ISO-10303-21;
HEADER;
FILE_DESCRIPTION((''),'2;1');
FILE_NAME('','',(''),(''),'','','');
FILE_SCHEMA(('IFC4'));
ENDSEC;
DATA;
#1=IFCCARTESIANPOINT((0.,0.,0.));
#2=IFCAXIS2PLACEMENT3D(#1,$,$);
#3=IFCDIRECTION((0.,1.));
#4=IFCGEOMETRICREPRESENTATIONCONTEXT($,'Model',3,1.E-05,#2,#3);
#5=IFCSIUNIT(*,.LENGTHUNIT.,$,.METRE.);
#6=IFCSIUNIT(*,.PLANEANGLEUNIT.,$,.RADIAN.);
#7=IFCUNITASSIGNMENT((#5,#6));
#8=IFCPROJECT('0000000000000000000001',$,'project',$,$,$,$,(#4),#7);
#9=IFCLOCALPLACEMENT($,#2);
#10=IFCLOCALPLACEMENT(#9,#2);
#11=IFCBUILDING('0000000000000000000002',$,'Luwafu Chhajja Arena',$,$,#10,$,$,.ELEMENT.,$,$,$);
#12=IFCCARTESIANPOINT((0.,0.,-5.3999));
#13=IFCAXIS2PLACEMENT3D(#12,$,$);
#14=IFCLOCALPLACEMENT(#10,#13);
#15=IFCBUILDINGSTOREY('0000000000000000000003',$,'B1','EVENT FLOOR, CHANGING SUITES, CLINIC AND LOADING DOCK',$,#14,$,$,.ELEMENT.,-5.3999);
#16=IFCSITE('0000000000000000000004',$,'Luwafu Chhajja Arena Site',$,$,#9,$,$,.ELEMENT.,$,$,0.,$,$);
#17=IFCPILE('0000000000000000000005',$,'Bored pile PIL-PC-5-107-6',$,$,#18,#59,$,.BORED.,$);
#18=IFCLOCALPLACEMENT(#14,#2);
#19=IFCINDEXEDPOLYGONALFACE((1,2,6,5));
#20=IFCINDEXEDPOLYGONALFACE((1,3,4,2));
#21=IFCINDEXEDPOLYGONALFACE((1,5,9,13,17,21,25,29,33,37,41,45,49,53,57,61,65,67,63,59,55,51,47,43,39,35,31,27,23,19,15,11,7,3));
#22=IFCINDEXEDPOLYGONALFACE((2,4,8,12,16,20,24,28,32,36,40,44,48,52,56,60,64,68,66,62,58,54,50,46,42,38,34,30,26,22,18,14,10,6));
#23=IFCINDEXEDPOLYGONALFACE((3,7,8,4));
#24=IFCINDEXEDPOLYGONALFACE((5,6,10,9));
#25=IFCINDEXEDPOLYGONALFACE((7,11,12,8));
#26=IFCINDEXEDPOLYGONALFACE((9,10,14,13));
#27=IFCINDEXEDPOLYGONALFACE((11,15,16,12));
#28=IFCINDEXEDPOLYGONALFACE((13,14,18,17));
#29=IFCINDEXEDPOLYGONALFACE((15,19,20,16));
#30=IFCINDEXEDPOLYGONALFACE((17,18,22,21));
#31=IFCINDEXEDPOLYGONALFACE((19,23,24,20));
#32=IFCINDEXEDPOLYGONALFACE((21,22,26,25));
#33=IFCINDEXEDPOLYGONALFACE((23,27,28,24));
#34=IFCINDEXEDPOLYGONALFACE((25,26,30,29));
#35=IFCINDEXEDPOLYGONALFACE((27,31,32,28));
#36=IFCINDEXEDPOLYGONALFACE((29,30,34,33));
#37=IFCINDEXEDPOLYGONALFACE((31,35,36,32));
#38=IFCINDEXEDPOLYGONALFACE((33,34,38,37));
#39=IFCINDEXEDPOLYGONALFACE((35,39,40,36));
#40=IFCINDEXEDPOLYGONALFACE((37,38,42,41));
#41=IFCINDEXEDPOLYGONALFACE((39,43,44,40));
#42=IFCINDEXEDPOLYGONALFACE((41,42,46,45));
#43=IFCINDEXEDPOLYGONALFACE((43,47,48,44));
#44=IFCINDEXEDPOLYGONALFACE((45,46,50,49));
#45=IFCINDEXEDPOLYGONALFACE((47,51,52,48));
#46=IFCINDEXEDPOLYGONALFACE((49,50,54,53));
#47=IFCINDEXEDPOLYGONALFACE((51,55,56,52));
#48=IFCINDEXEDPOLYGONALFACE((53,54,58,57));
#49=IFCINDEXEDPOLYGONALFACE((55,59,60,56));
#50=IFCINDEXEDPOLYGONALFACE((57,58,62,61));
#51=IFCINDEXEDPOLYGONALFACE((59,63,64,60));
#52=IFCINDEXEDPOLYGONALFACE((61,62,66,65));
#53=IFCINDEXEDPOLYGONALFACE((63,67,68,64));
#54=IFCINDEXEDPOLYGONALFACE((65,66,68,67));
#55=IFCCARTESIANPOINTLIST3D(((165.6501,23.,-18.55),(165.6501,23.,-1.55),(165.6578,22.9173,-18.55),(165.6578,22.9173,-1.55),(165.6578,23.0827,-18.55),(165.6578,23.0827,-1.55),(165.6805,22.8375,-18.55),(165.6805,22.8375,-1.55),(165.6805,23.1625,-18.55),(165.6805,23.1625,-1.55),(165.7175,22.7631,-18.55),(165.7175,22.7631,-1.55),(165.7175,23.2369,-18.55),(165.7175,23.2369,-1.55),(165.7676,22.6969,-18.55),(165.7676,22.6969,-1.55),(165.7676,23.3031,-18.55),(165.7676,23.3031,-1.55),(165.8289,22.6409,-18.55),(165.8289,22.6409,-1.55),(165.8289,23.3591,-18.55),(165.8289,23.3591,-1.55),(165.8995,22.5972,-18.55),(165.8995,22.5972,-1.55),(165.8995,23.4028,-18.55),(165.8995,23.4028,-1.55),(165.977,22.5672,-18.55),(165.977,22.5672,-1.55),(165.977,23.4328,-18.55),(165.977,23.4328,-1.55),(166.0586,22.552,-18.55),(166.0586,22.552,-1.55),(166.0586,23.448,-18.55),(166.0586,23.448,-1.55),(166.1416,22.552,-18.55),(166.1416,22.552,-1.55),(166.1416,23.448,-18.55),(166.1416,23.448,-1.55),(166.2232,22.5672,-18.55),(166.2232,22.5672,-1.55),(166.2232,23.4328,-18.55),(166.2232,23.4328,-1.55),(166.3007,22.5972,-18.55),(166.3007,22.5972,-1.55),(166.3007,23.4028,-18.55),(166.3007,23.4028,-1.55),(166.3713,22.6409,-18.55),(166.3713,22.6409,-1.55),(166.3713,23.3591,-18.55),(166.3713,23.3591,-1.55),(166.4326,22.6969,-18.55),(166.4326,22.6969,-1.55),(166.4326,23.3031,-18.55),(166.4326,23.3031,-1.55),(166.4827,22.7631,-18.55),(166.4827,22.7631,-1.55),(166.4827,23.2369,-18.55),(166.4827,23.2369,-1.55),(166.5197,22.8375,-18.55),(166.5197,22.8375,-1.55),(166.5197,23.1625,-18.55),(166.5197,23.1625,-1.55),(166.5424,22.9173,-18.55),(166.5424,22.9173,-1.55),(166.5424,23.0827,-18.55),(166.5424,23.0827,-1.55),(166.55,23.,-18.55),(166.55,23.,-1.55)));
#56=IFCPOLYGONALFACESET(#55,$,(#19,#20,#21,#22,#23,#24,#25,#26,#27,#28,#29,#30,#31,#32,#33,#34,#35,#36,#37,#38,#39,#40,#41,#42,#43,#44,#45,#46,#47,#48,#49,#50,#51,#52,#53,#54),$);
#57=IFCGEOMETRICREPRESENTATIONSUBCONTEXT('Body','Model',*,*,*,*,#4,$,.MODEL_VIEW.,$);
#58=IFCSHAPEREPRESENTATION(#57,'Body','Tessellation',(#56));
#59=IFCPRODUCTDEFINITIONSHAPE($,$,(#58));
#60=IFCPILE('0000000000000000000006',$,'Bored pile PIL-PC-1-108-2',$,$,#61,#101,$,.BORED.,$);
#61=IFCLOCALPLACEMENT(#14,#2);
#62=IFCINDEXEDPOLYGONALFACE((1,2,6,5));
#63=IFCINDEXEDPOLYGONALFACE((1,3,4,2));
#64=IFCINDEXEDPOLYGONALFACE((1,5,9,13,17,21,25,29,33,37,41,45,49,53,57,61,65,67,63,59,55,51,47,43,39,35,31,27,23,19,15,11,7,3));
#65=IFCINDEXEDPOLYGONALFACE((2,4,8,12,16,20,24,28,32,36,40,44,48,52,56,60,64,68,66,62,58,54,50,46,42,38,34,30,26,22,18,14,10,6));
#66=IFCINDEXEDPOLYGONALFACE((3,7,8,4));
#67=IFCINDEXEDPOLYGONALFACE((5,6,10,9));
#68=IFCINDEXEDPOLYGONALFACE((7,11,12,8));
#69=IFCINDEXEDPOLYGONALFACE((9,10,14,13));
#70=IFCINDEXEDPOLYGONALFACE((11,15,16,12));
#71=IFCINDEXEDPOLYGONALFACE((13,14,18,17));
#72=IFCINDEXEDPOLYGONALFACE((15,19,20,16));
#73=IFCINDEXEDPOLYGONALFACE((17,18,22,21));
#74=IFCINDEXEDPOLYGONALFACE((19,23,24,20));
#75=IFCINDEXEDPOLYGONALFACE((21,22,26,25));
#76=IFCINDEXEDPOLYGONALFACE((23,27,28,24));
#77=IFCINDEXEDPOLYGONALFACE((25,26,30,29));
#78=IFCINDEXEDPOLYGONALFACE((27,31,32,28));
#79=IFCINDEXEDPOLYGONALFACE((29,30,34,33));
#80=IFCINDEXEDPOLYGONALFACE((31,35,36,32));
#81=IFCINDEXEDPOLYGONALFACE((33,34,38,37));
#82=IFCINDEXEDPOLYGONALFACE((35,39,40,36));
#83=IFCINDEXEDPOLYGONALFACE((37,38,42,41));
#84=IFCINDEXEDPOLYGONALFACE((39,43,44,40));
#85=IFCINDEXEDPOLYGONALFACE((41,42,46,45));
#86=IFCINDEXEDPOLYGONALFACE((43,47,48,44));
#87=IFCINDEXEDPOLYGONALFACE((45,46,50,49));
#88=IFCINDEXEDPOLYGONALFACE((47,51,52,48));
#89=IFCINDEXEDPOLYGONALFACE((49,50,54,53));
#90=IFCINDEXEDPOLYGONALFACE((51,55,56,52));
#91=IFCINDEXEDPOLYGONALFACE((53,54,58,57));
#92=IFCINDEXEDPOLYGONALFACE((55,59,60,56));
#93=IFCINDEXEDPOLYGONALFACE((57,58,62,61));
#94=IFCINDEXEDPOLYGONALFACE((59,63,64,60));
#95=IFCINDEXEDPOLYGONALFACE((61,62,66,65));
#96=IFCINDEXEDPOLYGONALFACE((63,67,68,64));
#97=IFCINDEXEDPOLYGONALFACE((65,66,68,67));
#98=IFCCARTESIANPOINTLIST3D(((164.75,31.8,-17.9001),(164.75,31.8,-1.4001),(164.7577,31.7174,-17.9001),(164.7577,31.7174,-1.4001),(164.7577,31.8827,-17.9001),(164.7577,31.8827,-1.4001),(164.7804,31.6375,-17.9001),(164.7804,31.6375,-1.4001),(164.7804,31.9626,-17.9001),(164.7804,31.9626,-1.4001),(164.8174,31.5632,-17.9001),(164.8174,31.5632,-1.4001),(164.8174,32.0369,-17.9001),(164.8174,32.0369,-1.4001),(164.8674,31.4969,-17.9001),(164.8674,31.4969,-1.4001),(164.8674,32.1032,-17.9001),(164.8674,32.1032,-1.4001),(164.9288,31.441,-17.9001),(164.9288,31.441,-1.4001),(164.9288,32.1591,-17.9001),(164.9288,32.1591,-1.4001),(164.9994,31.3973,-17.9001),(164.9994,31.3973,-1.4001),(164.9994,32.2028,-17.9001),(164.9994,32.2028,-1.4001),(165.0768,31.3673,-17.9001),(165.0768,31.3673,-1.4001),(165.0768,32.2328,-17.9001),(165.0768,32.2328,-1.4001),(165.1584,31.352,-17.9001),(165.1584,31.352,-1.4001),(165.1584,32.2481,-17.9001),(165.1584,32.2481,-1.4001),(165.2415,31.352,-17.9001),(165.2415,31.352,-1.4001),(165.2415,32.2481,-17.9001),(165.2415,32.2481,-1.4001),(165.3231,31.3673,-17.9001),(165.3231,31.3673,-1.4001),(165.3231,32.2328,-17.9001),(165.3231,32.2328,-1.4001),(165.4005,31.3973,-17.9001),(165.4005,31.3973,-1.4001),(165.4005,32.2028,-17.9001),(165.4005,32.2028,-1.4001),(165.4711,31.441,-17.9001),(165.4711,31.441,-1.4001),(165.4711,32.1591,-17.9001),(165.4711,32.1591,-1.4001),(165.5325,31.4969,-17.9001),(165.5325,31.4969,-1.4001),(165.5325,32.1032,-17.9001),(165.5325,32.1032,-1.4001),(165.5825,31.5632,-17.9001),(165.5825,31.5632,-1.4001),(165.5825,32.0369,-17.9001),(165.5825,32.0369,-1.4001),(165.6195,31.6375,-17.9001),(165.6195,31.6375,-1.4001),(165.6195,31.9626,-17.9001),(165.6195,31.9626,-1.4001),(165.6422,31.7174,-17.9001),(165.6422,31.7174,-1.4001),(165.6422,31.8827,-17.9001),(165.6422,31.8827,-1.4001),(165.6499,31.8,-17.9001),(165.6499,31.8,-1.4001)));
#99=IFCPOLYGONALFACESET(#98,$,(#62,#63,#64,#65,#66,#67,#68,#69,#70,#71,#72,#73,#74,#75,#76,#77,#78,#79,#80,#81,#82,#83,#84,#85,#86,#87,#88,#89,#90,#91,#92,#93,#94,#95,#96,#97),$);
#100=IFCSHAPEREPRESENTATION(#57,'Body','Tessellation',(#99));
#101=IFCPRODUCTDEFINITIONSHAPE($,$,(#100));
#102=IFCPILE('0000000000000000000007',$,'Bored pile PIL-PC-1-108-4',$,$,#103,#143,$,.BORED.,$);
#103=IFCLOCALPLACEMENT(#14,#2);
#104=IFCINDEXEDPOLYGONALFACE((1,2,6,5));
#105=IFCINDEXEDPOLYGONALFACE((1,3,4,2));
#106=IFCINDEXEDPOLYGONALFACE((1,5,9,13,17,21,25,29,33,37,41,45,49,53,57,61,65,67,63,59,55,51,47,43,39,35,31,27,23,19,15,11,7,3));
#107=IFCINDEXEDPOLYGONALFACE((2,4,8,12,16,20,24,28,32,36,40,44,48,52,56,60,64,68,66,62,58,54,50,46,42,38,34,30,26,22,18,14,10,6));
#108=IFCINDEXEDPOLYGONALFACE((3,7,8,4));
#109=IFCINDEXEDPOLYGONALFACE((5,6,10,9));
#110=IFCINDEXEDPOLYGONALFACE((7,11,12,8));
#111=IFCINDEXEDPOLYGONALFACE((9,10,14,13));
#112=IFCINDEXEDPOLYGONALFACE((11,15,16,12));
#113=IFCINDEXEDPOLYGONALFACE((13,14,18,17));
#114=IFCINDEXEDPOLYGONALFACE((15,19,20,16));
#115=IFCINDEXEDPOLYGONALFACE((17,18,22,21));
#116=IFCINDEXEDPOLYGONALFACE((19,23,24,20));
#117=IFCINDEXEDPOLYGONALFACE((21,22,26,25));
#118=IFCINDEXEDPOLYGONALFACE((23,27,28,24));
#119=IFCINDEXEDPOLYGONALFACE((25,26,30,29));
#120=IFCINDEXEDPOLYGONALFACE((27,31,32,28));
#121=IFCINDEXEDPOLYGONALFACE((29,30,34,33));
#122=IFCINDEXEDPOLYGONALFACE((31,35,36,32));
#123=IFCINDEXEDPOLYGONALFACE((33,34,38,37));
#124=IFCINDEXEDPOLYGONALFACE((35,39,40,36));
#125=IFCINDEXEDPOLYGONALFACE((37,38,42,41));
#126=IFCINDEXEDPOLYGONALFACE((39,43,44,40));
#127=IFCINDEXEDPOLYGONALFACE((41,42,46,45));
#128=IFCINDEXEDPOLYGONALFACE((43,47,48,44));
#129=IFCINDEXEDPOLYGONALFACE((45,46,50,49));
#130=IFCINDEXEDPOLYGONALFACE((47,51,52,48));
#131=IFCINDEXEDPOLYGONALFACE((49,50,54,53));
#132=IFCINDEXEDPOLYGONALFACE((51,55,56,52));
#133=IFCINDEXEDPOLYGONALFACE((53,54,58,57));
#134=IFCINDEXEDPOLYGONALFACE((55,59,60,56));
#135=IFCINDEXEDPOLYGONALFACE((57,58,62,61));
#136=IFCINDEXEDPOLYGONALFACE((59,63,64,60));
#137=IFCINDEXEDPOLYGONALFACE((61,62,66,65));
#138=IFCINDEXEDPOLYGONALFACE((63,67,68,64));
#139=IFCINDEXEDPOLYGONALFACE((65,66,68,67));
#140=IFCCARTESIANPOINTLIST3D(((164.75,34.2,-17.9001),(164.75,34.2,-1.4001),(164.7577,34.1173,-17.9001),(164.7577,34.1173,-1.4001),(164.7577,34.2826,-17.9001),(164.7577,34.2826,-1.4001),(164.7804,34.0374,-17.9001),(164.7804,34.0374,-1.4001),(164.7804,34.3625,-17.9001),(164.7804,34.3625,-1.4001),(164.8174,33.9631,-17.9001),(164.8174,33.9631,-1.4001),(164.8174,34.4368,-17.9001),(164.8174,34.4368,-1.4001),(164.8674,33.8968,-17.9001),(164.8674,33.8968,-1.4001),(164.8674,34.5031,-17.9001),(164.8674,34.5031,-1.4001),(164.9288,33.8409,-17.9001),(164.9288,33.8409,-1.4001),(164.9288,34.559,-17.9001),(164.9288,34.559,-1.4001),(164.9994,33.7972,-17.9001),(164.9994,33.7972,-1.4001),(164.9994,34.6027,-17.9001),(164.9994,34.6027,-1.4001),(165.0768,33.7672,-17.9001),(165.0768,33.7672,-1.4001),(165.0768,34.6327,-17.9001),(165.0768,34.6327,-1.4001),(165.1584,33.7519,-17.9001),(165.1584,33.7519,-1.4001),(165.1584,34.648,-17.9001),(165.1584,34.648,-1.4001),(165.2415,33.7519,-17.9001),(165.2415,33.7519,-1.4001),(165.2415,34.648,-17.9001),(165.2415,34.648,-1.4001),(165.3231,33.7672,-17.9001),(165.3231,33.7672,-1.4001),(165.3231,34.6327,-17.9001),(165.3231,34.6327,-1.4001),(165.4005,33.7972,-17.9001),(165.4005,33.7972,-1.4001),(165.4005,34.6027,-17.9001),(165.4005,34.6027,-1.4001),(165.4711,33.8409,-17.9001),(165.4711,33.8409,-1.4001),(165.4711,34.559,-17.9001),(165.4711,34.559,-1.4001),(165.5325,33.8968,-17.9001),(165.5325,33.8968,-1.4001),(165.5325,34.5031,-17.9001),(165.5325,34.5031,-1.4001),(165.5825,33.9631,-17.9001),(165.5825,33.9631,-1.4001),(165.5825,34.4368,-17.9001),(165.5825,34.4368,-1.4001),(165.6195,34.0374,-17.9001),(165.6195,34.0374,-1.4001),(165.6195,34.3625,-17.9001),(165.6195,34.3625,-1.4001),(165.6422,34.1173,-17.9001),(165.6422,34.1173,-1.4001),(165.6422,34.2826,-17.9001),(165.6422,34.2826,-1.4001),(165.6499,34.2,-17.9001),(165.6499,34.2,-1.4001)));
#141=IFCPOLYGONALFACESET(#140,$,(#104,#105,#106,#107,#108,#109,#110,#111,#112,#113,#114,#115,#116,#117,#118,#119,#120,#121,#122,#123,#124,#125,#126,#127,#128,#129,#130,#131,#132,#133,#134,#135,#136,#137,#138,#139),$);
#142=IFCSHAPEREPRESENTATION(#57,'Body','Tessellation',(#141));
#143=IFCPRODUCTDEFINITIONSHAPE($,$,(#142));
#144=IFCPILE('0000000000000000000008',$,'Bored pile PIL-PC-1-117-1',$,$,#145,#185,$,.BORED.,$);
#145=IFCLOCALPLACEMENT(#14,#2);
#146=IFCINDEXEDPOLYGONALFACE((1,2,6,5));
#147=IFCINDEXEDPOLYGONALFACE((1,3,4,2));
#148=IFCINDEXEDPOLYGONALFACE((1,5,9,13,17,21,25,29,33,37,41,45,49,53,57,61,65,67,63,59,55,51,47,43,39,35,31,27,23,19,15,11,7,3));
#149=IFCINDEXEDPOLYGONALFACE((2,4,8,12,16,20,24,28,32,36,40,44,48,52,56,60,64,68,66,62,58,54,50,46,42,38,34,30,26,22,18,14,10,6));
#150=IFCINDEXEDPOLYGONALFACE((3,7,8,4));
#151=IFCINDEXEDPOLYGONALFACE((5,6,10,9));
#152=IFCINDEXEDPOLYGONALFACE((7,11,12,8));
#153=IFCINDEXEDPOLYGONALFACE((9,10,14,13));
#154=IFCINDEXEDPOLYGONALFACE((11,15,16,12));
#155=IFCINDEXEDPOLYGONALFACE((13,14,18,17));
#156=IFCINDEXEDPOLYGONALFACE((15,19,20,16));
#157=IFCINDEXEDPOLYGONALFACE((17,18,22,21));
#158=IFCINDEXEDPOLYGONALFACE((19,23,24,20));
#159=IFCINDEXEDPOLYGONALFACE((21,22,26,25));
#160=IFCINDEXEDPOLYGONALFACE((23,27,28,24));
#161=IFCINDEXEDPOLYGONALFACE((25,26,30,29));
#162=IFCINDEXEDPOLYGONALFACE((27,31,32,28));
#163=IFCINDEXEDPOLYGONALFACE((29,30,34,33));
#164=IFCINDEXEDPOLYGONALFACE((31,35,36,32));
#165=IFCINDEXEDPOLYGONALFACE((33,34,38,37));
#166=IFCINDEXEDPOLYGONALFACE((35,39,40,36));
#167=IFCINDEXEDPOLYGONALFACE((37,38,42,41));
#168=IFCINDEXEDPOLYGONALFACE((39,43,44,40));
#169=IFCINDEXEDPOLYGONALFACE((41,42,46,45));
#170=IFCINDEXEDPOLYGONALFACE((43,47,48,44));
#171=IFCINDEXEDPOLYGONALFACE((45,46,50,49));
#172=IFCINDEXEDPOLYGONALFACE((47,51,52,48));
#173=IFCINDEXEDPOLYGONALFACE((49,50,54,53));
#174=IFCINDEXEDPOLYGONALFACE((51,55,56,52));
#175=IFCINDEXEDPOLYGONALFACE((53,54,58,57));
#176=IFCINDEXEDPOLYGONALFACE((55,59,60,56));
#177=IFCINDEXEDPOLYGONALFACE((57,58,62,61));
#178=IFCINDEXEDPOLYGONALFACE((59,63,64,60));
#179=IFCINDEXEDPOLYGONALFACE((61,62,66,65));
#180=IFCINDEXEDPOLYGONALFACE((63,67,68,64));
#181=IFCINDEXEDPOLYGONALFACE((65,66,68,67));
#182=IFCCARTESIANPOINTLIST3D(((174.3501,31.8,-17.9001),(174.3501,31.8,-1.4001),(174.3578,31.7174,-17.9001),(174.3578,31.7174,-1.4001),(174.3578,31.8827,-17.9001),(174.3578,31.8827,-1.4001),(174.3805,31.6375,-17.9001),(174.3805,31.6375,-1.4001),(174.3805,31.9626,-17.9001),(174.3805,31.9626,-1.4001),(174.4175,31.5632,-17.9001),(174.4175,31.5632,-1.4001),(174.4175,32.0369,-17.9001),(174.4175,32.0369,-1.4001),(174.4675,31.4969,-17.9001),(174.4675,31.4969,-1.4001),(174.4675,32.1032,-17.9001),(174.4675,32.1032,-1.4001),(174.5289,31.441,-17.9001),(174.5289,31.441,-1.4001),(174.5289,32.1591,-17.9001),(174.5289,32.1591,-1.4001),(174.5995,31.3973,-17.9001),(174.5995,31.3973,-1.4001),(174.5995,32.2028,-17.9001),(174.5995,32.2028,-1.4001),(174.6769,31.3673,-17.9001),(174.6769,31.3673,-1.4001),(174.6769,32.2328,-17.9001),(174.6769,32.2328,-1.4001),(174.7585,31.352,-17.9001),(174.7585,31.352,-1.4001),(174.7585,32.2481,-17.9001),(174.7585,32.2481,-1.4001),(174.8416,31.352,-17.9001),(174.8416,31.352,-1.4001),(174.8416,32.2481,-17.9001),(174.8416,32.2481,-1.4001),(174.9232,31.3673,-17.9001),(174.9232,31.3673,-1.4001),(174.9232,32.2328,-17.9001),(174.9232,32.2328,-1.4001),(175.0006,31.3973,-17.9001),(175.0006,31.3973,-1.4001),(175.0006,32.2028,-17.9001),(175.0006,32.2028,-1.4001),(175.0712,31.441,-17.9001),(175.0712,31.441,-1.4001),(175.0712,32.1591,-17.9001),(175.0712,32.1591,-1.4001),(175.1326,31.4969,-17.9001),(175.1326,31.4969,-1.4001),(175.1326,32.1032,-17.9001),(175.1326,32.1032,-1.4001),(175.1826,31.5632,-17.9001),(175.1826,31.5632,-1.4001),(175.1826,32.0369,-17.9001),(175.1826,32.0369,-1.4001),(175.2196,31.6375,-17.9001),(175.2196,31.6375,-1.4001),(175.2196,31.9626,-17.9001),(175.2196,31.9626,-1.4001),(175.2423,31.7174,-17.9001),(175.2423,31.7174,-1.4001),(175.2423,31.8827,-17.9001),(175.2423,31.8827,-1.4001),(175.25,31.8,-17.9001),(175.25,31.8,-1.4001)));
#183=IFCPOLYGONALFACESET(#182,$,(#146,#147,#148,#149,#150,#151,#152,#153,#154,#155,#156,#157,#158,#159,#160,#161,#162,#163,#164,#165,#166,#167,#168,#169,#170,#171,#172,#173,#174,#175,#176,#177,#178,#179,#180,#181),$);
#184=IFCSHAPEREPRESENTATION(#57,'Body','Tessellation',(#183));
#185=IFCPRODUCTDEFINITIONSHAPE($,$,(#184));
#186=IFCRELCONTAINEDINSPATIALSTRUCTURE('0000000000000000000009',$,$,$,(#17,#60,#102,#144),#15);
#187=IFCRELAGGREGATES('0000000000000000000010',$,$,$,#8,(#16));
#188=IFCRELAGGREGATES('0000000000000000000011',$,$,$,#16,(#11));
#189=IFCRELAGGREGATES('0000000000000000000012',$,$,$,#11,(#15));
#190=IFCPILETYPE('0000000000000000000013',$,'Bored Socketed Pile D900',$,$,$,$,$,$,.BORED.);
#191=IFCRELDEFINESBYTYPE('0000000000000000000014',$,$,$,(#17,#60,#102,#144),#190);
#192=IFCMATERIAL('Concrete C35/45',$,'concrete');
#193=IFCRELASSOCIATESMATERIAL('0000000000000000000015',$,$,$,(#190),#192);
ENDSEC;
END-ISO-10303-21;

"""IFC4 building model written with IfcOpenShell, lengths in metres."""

from ifc_helpers import new_model, si_unit, direction, frame, origin, origin_2d, place, context, subcontext, project, spatial, circle, extrude, material, material_profile, profile_set, type_object, element, save


model = new_model("IFC4")

# Units and contexts
model_context = context("Model", 3, precision=1e-05, world=origin(), true_north=direction((0.0, 1.0)))
body_context = subcontext(model_context, "Body", "Model", "MODEL_VIEW")
ifc_project = project(units=[si_unit("LENGTHUNIT", "METRE"), si_unit("PLANEANGLEUNIT", "RADIAN")], contexts=[model_context])

# Site, building, storey
site_placement = place(None, origin())
site = spatial("IfcSite", under=ifc_project, at=site_placement, Name="Luwafu Chhajja Arena Site", CompositionType="ELEMENT", RefElevation=0.0)
building_placement = place(site_placement, origin())
building = spatial("IfcBuilding", under=site, at=building_placement, Name="Luwafu Chhajja Arena", CompositionType="ELEMENT")
storey_placement = place(building_placement, frame((0.0, 0.0, -5.3999)))
storey = spatial("IfcBuildingStorey", under=building, at=storey_placement, Name="B1", Description="EVENT FLOOR, CHANGING SUITES, CLINIC AND LOADING DOCK", CompositionType="ELEMENT", Elevation=-5.3999)

# Shared definitions
ifc_material_1 = material(Name="Concrete C35/45", Category="concrete")

# Piles
ifc_material_profile_1 = material_profile(ifc_material_1, circle(Radius=0.45, at=origin_2d()), Name="PILE D900")
ifc_profile_set_1 = profile_set([ifc_material_profile_1], Name="Concrete C35/45")
pile_type_1 = type_object("IfcPileType", Name="Bored Socketed Pile D900", PredefinedType="BORED", material=ifc_profile_set_1)
pile_1_placement = place(storey_placement, frame((166.1001, 23.0, -1.55), z_axis=(0.0, 0.0, -1.0), x_axis=(1.0, 0.0, 0.0)))
element("IfcPile", 1, at=pile_1_placement, inside=storey, type_object=pile_type_1, Name="Bored pile PIL-PC-5-107-6", PredefinedType="BORED", context=body_context, shape_type="SweptSolid", body=[
    extrude(circle(Radius=0.45, at=origin_2d()), origin(), (0.0, 0.0, 1.0), 17.0),
])
for number, where, z_axis, x_axis, name in (
    (2, (165.2, 31.8, -1.4001), (0.0, 0.0, -1.0), (1.0, 0.0, 0.0), "Bored pile PIL-PC-1-108-2"),
    (3, (165.2, 34.2, -1.4001), (0.0, 0.0, -1.0), (1.0, 0.0, 0.0), "Bored pile PIL-PC-1-108-4"),
    (4, (174.8, 31.8, -1.4001), (0.0, 0.0, -1.0), (1.0, 0.0, 0.0), "Bored pile PIL-PC-1-117-1"),
):
    element("IfcPile", number, at=place(storey_placement, frame(where, z_axis=z_axis, x_axis=x_axis)), inside=storey, type_object=pile_type_1, Name=name, PredefinedType="BORED", context=body_context, shape_type="SweptSolid", body=[
        extrude(circle(Radius=0.45, at=origin_2d()), origin(), (0.0, 0.0, 1.0), 16.5),
    ])

save(model, "model.ifc")
